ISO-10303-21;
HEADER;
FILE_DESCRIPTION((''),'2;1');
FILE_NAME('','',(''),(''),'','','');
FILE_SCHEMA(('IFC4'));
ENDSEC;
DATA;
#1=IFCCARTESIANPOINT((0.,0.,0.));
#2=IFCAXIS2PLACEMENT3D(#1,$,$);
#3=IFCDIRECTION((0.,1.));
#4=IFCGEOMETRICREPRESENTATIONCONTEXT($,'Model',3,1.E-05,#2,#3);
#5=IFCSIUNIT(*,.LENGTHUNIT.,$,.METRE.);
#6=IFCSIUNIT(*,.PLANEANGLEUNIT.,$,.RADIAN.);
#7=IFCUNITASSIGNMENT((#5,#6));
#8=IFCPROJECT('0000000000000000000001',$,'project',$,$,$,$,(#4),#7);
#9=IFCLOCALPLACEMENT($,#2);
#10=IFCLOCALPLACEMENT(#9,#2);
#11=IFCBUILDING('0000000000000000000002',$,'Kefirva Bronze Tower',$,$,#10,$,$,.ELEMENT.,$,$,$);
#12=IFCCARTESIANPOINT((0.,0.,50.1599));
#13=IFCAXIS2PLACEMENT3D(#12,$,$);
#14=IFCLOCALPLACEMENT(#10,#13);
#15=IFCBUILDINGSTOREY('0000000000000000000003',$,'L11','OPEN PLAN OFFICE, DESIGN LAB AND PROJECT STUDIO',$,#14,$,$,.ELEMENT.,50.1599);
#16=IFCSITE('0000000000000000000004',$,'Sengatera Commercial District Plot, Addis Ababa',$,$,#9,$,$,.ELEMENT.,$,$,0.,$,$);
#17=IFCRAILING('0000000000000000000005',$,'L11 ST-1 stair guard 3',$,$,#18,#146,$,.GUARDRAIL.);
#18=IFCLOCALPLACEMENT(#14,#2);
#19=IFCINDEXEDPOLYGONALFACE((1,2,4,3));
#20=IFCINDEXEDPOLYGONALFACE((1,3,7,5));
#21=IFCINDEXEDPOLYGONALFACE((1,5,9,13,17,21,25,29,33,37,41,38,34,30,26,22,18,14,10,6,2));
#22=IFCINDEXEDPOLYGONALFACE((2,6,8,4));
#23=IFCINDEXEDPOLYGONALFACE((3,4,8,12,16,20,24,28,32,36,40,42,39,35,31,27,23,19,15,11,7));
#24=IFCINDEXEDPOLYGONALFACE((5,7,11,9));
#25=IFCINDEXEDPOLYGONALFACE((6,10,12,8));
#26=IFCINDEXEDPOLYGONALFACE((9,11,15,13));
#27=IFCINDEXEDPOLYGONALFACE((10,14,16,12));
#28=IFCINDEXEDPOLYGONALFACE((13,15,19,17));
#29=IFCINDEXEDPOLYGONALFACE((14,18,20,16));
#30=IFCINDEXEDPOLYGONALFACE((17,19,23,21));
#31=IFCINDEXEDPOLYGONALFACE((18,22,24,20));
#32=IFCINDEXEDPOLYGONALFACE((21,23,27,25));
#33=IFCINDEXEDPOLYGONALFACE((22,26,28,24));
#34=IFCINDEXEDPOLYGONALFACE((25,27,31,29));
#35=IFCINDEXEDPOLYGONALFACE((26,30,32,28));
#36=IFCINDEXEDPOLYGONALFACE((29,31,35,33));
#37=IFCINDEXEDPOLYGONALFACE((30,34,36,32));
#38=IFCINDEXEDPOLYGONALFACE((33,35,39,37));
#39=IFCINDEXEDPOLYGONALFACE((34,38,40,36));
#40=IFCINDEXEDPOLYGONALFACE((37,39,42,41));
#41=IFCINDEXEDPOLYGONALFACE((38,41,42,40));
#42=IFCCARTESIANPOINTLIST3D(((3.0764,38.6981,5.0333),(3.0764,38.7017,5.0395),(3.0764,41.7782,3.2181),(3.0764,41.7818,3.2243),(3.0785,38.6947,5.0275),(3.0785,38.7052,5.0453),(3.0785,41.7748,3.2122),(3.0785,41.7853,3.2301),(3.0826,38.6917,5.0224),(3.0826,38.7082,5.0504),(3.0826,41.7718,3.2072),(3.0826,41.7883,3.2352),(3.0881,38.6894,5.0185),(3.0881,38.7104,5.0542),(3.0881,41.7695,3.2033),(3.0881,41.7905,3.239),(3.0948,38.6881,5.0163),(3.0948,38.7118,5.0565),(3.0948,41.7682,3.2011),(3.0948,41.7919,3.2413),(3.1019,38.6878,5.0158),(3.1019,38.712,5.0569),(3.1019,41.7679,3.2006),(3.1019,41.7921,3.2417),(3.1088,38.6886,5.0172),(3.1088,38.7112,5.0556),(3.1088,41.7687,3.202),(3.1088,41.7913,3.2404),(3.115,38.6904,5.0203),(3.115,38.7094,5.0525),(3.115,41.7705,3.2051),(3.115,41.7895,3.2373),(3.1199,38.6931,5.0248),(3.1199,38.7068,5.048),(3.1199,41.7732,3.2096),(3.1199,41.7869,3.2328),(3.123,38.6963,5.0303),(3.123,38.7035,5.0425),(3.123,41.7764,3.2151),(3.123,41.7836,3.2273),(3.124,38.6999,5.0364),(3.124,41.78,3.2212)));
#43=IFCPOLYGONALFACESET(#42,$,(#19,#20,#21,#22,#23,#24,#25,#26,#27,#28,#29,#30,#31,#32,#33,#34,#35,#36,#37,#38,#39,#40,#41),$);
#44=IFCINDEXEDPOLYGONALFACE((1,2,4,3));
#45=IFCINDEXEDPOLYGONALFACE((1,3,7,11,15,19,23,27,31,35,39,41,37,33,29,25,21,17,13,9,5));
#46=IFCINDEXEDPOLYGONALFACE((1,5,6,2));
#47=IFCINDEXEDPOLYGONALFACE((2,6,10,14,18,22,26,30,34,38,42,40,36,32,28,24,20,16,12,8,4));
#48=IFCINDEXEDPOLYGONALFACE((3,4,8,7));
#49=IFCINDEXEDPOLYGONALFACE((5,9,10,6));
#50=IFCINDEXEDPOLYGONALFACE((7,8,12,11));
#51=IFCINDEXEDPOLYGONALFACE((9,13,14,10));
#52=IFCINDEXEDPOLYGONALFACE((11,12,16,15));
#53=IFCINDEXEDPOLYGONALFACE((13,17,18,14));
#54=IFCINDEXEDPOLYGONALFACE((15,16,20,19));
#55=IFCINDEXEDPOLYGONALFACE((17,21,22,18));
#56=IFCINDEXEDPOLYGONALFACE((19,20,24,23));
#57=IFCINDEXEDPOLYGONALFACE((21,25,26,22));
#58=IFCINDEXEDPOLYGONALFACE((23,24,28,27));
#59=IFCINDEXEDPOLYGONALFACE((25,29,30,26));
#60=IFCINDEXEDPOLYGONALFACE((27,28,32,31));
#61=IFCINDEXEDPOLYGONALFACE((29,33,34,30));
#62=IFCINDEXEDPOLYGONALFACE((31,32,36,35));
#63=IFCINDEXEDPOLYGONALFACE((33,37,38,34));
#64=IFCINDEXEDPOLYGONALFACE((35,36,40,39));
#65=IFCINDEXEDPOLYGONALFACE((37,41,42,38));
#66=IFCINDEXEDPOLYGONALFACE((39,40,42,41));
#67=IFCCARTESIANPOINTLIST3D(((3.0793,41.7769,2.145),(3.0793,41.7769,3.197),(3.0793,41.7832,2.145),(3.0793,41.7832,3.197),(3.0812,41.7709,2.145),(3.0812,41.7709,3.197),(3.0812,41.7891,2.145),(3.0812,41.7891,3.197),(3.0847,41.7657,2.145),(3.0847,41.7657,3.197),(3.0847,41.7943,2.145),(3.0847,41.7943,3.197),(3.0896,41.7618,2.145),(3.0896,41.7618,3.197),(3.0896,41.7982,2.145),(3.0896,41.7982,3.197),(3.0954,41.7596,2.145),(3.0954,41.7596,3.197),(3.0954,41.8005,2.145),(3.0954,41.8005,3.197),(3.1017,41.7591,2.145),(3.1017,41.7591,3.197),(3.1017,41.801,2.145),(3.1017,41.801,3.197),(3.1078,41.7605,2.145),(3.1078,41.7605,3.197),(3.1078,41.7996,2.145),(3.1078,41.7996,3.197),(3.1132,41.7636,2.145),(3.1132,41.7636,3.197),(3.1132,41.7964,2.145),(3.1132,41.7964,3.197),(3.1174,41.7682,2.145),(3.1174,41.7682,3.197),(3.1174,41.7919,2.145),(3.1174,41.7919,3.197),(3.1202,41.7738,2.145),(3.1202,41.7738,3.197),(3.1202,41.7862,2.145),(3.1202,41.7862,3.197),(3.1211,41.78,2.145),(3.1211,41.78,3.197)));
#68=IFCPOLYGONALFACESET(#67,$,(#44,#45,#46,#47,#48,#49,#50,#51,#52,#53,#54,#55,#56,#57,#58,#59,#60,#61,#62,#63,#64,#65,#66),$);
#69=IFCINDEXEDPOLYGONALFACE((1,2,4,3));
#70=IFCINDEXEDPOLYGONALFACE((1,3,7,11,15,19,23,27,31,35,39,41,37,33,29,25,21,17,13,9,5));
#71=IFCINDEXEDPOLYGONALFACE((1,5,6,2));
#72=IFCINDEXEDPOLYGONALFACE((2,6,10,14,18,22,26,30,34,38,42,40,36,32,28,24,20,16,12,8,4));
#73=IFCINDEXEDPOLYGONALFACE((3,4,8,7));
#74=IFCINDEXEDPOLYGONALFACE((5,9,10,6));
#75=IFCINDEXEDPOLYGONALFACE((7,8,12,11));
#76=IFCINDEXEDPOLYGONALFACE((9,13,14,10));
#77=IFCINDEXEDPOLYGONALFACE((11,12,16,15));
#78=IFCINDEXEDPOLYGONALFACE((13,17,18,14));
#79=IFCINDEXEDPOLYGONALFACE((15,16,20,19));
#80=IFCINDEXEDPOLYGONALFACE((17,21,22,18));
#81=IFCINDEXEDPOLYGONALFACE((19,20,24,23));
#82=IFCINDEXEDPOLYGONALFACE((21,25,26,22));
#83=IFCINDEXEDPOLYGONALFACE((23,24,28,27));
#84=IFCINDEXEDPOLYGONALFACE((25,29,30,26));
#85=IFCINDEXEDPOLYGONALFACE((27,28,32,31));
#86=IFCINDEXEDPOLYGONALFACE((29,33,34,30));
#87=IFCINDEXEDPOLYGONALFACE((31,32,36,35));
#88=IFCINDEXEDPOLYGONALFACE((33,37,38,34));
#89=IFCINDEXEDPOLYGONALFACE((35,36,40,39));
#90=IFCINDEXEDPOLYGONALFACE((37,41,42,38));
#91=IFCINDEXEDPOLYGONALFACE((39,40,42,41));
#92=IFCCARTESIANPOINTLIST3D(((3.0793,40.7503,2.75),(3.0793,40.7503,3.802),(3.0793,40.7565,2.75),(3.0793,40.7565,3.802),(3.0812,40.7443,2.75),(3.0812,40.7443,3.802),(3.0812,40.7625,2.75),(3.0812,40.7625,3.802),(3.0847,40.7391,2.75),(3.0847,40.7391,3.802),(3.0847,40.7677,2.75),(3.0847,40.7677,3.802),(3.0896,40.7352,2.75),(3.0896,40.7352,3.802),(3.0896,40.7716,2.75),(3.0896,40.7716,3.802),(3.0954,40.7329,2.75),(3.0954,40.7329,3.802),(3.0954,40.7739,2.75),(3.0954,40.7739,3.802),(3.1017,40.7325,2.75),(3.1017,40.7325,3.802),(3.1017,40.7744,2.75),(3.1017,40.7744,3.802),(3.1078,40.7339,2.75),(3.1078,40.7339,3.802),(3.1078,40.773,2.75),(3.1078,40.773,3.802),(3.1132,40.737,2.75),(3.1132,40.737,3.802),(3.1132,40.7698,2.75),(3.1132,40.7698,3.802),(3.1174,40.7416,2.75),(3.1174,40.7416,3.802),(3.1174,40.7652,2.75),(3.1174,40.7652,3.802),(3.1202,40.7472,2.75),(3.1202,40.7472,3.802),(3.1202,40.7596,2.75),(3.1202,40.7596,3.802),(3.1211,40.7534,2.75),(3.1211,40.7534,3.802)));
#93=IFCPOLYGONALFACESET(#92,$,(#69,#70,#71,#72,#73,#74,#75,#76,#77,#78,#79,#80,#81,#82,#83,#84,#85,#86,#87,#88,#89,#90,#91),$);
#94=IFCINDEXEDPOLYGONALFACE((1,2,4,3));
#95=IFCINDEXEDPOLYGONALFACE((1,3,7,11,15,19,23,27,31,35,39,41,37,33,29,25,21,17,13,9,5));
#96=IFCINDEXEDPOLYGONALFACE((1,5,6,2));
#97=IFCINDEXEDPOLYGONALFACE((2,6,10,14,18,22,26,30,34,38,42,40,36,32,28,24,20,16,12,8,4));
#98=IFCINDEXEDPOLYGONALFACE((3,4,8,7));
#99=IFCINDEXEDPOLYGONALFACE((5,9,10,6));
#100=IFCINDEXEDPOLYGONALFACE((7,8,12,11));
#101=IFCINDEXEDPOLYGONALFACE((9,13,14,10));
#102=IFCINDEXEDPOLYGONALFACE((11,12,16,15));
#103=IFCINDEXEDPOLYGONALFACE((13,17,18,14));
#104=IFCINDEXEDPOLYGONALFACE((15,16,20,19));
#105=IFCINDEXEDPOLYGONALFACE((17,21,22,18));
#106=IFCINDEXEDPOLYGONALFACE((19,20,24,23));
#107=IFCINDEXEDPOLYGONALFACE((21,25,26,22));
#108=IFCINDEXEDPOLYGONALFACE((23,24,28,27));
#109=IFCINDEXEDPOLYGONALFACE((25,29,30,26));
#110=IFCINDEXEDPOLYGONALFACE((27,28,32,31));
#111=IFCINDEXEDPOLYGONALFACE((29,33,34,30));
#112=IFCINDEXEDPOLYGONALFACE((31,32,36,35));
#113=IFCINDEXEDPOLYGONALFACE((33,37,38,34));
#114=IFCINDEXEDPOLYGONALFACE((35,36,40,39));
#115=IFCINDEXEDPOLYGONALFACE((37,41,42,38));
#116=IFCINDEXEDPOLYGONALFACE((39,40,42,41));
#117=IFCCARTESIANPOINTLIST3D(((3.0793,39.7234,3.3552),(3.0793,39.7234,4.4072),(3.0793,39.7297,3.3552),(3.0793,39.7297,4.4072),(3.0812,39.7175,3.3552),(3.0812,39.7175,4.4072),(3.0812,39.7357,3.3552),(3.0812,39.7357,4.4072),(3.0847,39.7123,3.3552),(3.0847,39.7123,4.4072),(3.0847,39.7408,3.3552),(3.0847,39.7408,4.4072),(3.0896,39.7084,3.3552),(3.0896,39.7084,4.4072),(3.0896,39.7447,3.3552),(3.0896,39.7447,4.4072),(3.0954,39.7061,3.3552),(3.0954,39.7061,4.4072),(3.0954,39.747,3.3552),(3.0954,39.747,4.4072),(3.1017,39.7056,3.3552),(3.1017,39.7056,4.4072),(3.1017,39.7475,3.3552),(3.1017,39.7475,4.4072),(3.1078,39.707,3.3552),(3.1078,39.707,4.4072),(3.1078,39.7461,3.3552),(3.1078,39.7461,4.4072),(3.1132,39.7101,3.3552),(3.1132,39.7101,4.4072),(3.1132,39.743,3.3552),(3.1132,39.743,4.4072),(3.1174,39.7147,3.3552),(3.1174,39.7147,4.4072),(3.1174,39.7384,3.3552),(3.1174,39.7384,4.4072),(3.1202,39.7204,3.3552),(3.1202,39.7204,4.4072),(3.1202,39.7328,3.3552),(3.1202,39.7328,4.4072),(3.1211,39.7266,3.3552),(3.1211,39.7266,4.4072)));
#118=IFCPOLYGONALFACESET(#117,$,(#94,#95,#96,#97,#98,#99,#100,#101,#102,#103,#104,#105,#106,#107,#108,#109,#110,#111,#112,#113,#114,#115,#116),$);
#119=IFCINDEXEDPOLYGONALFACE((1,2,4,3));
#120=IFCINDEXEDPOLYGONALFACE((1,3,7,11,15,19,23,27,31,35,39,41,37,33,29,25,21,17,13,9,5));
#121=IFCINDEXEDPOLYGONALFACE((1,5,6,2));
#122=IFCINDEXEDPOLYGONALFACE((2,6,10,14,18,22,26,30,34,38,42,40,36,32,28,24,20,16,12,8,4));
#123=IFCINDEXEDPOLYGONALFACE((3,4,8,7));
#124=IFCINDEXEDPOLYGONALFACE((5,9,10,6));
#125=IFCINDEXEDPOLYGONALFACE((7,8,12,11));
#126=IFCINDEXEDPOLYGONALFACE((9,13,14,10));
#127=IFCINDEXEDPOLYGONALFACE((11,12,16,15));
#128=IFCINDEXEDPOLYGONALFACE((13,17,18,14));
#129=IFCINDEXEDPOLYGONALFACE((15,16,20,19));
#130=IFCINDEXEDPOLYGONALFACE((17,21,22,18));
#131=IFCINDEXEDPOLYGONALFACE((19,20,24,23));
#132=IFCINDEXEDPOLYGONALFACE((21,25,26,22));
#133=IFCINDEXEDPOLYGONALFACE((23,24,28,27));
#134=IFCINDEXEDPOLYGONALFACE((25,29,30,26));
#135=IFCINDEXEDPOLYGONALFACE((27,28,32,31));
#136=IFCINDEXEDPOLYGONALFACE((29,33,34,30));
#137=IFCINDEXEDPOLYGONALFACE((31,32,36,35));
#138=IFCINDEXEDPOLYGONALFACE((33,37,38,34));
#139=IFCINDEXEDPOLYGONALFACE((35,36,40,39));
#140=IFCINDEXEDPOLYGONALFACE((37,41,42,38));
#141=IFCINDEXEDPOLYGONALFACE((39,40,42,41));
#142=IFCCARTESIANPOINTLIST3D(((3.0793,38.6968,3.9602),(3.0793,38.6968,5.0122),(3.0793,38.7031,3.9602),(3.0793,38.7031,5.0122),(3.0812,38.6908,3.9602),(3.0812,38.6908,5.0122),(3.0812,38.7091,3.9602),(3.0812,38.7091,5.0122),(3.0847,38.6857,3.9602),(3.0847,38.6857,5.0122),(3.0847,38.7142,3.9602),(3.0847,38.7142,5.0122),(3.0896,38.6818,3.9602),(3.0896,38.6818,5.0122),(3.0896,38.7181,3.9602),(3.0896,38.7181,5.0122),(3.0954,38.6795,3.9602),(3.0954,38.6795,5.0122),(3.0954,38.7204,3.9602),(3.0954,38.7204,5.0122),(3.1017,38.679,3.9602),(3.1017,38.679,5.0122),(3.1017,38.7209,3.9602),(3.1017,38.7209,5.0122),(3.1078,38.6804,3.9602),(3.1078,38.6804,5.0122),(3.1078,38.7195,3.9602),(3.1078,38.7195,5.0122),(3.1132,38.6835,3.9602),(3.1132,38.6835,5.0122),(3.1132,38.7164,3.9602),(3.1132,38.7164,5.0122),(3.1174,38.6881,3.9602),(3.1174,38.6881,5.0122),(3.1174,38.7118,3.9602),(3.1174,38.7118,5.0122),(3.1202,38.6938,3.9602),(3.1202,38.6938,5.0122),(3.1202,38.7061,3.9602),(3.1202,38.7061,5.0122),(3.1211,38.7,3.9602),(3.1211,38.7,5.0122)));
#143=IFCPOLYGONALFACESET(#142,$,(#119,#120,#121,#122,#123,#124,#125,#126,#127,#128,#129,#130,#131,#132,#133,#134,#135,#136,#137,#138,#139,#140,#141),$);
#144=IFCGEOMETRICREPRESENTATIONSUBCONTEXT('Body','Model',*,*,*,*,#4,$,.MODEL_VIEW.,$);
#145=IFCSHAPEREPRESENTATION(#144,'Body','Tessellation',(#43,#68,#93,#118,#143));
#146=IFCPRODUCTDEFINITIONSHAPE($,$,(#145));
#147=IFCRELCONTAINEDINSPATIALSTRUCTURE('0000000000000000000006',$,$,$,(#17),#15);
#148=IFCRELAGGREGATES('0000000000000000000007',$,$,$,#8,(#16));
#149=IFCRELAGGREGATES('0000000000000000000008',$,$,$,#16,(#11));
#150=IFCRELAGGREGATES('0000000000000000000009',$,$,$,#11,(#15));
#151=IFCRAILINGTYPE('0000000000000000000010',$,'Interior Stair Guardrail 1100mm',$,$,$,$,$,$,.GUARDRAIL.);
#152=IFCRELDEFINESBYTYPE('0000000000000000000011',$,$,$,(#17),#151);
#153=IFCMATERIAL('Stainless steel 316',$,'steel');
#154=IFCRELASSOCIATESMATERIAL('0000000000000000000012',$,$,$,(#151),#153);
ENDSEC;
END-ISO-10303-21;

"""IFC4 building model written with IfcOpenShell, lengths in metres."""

from ifc_helpers import new_model, si_unit, direction, frame, origin, origin_2d, place, context, subcontext, project, spatial, circle, extrude, material, type_object, element, save


model = new_model("IFC4")

# Units and contexts
model_context = context("Model", 3, precision=1e-05, world=origin(), true_north=direction((0.0, 1.0)))
body_context = subcontext(model_context, "Body", "Model", "MODEL_VIEW")
ifc_project = project(units=[si_unit("LENGTHUNIT", "METRE"), si_unit("PLANEANGLEUNIT", "RADIAN")], contexts=[model_context])

# Site, building, storey
site_placement = place(None, origin())
site = spatial("IfcSite", under=ifc_project, at=site_placement, Name="Sengatera Commercial District Plot, Addis Ababa", CompositionType="ELEMENT", RefElevation=0.0)
building_placement = place(site_placement, origin())
building = spatial("IfcBuilding", under=site, at=building_placement, Name="Kefirva Bronze Tower", CompositionType="ELEMENT")
storey_placement = place(building_placement, frame((0.0, 0.0, 50.1599)))
storey = spatial("IfcBuildingStorey", under=building, at=storey_placement, Name="L11", Description="OPEN PLAN OFFICE, DESIGN LAB AND PROJECT STUDIO", CompositionType="ELEMENT", Elevation=50.1599)

# Railing
ifc_material_1 = material(Name="Stainless steel 316", Category="steel")
railing_type_1 = type_object("IfcRailingType", Name="Interior Stair Guardrail 1100mm", PredefinedType="GUARDRAIL", material=ifc_material_1)
railing_1_placement = place(storey_placement, frame((3.1001, 41.78, 2.145)))
element("IfcRailing", 1, at=railing_1_placement, inside=storey, type_object=railing_type_1, Name="L11 ST-1 stair guard 3", PredefinedType="GUARDRAIL", context=body_context, shape_type="SweptSolid", body=[
    extrude(circle(Radius=0.0239, at=origin_2d()), frame((0.0, 0.0, 1.0762), z_axis=(0.0, -0.861521, 0.507721), x_axis=(1.0, 0.0, 0.0)), (0.0, 0.0, 1.0), 3.5752),
    extrude(circle(Radius=0.021, at=origin_2d()), origin(), (0.0, 0.0, 1.0), 1.052),
    extrude(circle(Radius=0.021, at=origin_2d()), frame((0.0, -1.0266, 0.605)), (0.0, 0.0, 1.0), 1.052),
    extrude(circle(Radius=0.021, at=origin_2d()), frame((0.0, -2.0535, 1.2102)), (0.0, 0.0, 1.0), 1.052),
    extrude(circle(Radius=0.021, at=origin_2d()), frame((0.0, -3.0801, 1.8152)), (0.0, 0.0, 1.0), 1.052),
])

save(model, "model.ifc")
